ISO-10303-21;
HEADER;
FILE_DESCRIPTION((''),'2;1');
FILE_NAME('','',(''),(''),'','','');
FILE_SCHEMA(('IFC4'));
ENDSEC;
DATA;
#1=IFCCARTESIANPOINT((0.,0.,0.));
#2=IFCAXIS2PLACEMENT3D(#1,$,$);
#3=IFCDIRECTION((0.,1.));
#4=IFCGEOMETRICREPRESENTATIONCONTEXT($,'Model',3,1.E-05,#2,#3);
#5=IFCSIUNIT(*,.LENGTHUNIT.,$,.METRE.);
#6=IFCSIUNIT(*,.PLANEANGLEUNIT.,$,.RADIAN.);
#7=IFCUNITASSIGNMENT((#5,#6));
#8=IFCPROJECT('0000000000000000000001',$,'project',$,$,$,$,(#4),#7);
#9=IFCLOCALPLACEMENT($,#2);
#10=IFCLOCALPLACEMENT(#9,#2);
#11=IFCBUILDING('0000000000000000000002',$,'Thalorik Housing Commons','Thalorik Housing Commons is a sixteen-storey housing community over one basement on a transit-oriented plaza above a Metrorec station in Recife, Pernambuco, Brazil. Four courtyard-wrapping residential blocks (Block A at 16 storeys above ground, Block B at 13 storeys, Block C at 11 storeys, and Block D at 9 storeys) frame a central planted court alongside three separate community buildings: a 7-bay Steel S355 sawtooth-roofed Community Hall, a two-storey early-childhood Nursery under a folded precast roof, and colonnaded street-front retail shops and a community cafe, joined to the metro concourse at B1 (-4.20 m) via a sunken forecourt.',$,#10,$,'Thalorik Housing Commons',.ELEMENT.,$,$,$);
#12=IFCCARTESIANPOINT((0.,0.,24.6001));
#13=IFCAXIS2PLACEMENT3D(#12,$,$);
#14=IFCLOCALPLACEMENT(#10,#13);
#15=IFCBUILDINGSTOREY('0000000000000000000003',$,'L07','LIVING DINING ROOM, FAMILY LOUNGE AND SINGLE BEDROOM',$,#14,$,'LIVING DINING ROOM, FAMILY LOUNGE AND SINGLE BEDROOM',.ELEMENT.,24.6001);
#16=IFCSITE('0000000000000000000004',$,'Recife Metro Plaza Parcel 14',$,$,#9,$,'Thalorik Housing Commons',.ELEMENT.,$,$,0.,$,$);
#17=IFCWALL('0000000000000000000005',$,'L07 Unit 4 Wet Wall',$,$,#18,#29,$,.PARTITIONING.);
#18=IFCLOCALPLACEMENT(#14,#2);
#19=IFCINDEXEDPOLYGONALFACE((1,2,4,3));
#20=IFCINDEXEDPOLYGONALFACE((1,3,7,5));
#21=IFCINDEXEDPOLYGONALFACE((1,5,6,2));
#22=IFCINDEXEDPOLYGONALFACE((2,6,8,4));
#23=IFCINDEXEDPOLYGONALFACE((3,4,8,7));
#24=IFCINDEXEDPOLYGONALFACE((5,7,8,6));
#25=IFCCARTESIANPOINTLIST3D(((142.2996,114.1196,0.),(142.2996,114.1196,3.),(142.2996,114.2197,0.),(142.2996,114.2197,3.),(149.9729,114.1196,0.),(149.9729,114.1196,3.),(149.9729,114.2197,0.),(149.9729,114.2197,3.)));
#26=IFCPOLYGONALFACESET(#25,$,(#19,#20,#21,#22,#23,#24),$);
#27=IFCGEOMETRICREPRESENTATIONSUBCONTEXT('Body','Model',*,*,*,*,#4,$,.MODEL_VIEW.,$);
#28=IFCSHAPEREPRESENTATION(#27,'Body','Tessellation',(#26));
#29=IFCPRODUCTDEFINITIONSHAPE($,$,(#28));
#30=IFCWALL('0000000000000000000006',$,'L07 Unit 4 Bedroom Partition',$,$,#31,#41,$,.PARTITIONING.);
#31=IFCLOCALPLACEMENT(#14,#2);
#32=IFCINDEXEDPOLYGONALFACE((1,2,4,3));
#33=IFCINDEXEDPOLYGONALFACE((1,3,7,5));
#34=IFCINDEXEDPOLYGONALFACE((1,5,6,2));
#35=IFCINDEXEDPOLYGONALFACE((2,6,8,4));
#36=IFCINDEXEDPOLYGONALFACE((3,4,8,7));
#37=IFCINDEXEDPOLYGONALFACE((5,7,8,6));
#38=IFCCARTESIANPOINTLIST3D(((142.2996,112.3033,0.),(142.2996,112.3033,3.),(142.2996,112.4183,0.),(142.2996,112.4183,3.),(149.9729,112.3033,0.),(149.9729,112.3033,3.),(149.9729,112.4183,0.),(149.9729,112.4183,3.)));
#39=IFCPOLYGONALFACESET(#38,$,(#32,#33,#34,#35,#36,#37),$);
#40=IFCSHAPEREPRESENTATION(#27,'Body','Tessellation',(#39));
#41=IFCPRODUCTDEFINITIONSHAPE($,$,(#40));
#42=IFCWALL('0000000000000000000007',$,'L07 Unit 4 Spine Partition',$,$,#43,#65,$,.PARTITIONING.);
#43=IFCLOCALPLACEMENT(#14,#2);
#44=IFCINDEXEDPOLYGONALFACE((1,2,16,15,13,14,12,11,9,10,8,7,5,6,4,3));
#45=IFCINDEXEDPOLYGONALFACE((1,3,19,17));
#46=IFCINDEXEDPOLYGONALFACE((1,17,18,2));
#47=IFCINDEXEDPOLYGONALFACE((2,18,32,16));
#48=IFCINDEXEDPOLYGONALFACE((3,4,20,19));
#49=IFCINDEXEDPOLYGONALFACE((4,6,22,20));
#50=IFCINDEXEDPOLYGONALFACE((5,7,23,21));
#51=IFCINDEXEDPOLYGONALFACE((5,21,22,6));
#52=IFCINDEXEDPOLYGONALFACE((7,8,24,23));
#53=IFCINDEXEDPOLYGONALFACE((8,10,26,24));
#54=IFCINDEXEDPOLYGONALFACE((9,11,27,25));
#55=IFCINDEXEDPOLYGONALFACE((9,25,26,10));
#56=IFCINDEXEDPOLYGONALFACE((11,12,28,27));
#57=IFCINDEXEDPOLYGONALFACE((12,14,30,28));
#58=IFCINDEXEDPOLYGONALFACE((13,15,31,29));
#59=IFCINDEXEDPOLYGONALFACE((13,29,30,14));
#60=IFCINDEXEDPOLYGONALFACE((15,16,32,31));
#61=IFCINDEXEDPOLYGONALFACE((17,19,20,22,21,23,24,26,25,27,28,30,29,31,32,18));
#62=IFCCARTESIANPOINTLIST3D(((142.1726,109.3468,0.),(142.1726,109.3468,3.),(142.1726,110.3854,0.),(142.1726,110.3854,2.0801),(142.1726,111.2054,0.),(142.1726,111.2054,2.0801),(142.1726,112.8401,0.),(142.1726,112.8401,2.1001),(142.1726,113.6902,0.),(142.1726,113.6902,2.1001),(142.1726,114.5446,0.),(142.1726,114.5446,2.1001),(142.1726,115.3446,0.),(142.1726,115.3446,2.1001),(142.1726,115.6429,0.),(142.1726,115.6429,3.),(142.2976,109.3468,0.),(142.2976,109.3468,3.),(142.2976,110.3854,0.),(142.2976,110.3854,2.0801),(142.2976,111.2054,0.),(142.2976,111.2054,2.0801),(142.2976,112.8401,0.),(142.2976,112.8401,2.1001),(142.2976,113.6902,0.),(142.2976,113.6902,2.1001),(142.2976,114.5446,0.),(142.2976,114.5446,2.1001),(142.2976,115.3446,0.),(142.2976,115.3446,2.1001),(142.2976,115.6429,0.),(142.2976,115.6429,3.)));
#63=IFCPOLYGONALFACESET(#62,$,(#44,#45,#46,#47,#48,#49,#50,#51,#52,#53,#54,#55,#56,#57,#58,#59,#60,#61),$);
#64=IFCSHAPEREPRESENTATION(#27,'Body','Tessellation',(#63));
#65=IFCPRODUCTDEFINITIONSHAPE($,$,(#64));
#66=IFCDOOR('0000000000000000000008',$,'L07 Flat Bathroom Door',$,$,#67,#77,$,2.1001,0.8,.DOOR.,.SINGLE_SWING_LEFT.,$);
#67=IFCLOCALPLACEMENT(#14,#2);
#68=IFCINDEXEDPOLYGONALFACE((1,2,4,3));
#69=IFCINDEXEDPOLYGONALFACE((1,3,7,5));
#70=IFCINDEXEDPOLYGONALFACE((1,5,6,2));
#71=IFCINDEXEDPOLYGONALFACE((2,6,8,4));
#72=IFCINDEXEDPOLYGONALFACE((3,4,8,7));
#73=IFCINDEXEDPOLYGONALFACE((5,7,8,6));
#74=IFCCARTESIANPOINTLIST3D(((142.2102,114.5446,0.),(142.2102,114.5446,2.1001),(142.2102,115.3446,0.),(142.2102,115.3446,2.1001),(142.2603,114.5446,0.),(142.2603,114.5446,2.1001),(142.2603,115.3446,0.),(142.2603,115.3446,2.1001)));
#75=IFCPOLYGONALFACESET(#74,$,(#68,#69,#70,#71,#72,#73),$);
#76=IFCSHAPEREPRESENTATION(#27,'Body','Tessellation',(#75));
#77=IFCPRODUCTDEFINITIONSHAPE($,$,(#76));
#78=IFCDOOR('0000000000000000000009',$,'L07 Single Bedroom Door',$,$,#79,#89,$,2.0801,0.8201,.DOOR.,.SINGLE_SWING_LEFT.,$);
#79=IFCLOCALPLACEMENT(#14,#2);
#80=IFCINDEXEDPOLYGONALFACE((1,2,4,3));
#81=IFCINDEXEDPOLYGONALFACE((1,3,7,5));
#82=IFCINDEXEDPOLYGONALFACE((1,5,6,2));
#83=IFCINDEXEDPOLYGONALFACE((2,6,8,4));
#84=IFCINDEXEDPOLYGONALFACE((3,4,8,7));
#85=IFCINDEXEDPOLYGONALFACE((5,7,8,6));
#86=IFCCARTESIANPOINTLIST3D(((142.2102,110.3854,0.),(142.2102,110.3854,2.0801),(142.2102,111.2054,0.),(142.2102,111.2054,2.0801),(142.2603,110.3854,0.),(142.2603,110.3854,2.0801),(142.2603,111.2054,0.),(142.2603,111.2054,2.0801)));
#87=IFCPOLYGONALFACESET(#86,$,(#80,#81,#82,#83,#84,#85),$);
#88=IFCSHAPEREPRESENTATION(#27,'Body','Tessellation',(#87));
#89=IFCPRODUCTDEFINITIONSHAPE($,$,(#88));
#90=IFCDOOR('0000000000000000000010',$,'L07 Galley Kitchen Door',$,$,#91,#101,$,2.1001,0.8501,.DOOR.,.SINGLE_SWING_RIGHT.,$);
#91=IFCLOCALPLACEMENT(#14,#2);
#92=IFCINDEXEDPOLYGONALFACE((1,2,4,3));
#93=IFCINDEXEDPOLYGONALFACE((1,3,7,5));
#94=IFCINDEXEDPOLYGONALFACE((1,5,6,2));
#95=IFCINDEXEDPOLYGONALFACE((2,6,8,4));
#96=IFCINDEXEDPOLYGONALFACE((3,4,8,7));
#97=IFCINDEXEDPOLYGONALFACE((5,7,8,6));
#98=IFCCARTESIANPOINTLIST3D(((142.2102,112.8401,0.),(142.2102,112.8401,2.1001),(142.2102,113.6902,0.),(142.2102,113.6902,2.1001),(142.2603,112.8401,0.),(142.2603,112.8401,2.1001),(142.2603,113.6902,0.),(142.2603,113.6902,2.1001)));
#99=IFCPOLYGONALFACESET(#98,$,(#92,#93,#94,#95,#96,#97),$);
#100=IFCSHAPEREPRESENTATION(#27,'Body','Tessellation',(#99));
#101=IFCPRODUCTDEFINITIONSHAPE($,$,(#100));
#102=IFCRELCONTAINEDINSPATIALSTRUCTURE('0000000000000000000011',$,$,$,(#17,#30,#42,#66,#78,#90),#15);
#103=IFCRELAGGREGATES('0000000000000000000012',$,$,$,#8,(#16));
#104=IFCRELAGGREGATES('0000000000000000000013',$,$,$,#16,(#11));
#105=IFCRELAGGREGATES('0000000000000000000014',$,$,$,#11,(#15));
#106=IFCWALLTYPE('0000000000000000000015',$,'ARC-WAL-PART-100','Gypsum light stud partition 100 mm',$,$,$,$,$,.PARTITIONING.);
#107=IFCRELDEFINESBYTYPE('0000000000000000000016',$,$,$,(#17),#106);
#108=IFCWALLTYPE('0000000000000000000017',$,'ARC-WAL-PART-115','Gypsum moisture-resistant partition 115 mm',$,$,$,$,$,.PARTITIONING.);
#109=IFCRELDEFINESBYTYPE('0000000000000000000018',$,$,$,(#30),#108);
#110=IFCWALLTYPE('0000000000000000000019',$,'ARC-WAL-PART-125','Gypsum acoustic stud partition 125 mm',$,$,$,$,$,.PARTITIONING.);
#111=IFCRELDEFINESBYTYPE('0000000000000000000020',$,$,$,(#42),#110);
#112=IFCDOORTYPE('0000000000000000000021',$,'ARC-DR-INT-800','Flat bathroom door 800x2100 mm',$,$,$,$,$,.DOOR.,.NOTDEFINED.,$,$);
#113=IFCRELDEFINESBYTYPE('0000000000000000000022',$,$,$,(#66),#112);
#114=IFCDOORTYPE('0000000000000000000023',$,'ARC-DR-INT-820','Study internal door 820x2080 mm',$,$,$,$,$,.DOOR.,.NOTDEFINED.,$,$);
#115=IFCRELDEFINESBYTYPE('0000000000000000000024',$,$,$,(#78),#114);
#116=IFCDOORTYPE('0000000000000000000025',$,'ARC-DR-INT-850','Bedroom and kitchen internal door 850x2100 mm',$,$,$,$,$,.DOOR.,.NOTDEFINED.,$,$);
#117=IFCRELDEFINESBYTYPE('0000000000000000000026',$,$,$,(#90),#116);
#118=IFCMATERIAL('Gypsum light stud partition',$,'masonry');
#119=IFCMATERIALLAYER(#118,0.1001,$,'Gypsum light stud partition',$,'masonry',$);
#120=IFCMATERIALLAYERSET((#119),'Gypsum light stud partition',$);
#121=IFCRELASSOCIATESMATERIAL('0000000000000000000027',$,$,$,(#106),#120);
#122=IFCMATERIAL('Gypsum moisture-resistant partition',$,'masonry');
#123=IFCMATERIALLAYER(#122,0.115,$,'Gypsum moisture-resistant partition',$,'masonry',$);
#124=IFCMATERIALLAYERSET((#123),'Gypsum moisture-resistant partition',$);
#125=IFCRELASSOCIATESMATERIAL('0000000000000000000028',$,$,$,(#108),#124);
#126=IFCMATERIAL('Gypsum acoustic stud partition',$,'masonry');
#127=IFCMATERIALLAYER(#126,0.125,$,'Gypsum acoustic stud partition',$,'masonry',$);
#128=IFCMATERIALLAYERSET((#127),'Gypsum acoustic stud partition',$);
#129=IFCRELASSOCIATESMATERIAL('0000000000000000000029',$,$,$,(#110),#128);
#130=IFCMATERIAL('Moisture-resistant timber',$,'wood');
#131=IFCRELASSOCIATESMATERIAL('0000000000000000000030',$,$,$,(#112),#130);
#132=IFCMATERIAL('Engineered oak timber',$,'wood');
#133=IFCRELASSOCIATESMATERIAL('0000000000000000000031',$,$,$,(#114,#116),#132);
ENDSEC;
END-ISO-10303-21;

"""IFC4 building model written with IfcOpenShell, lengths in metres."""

from ifc_helpers import new_model, si_unit, direction, frame, frame_2d, origin, place, context, subcontext, project, spatial, rectangle, extrude, material, layer, layer_set, type_object, element, fill, save


model = new_model("IFC4")

# Units and contexts
model_context = context("Model", 3, precision=1e-05, world=origin(), true_north=direction((0.0, 1.0)))
body_context = subcontext(model_context, "Body", "Model", "MODEL_VIEW")
ifc_project = project(units=[si_unit("LENGTHUNIT", "METRE"), si_unit("PLANEANGLEUNIT", "RADIAN")], contexts=[model_context])

# Site, building, storey
site_placement = place(None, origin())
site = spatial("IfcSite", under=ifc_project, at=site_placement, Name="Recife Metro Plaza Parcel 14", LongName="Thalorik Housing Commons", CompositionType="ELEMENT", RefElevation=0.0)
building_placement = place(site_placement, origin())
building = spatial("IfcBuilding", under=site, at=building_placement, Name="Thalorik Housing Commons", Description="Thalorik Housing Commons is a sixteen-storey housing community over one basement on a transit-oriented plaza above a Metrorec station in Recife, Pernambuco, Brazil. Four courtyard-wrapping residential blocks (Block A at 16 storeys above ground, Block B at 13 storeys, Block C at 11 storeys, and Block D at 9 storeys) frame a central planted court alongside three separate community buildings: a 7-bay Steel S355 sawtooth-roofed Community Hall, a two-storey early-childhood Nursery under a folded precast roof, and colonnaded street-front retail shops and a community cafe, joined to the metro concourse at B1 (-4.20 m) via a sunken forecourt.", LongName="Thalorik Housing Commons", CompositionType="ELEMENT")
storey_placement = place(building_placement, frame((0.0, 0.0, 24.6001)))
storey = spatial("IfcBuildingStorey", under=building, at=storey_placement, Name="L07", Description="LIVING DINING ROOM, FAMILY LOUNGE AND SINGLE BEDROOM", LongName="LIVING DINING ROOM, FAMILY LOUNGE AND SINGLE BEDROOM", CompositionType="ELEMENT", Elevation=24.6001)

# Walls
ifc_material_1 = material(Name="Gypsum light stud partition", Category="masonry")
ifc_layer_1 = layer(ifc_material_1, 0.1001, Name="Gypsum light stud partition", Category="masonry")
ifc_layer_set_1 = layer_set([ifc_layer_1], Name="Gypsum light stud partition")
wall_type_1 = type_object("IfcWallType", Name="ARC-WAL-PART-100", Description="Gypsum light stud partition 100 mm", PredefinedType="PARTITIONING", material=ifc_layer_set_1)
wall_1_placement = place(storey_placement, frame((142.2996, 114.1697, 0.0), z_axis=(0.0, 0.0, 1.0), x_axis=(1.0, 0.0, 0.0)))
element("IfcWall", 1, at=wall_1_placement, inside=storey, type_object=wall_type_1, Name="L07 Unit 4 Wet Wall", PredefinedType="PARTITIONING", context=body_context, shape_type="SweptSolid", body=[
    extrude(rectangle(XDim=7.6733, YDim=0.1001, at=frame_2d((3.8367, 0.0))), origin(), (0.0, 0.0, 1.0), 3.0),
])
ifc_material_2 = material(Name="Gypsum moisture-resistant partition", Category="masonry")
ifc_layer_2 = layer(ifc_material_2, 0.115, Name="Gypsum moisture-resistant partition", Category="masonry")
ifc_layer_set_2 = layer_set([ifc_layer_2], Name="Gypsum moisture-resistant partition")
wall_type_2 = type_object("IfcWallType", Name="ARC-WAL-PART-115", Description="Gypsum moisture-resistant partition 115 mm", PredefinedType="PARTITIONING", material=ifc_layer_set_2)
wall_2_placement = place(storey_placement, frame((142.2996, 112.3608, 0.0), z_axis=(0.0, 0.0, 1.0), x_axis=(1.0, 0.0, 0.0)))
element("IfcWall", 2, at=wall_2_placement, inside=storey, type_object=wall_type_2, Name="L07 Unit 4 Bedroom Partition", PredefinedType="PARTITIONING", context=body_context, shape_type="SweptSolid", body=[
    extrude(rectangle(XDim=7.6733, YDim=0.115, at=frame_2d((3.8367, 0.0))), origin(), (0.0, 0.0, 1.0), 3.0),
])

# Wall, openings, doors
ifc_material_3 = material(Name="Gypsum acoustic stud partition", Category="masonry")
ifc_layer_3 = layer(ifc_material_3, 0.125, Name="Gypsum acoustic stud partition", Category="masonry")
ifc_layer_set_3 = layer_set([ifc_layer_3], Name="Gypsum acoustic stud partition")
wall_type_3 = type_object("IfcWallType", Name="ARC-WAL-PART-125", Description="Gypsum acoustic stud partition 125 mm", PredefinedType="PARTITIONING", material=ifc_layer_set_3)
wall_3_placement = place(storey_placement, frame((142.2351, 109.3469, 0.0), z_axis=(0.0, 0.0, 1.0), x_axis=(0.0, 1.0, 0.0)))
wall_3 = element("IfcWall", 3, at=wall_3_placement, inside=storey, type_object=wall_type_3, Name="L07 Unit 4 Spine Partition", PredefinedType="PARTITIONING", context=body_context, shape_type="SweptSolid", body=[
    extrude(rectangle(XDim=6.2961, YDim=0.125, at=frame_2d((3.1479, 0.0))), origin(), (0.0, 0.0, 1.0), 3.0),
])
opening_1_placement = place(wall_3_placement, frame((1.0383, 0.0, 0.0)))
opening_1 = element("IfcOpeningElement", 4, at=opening_1_placement, cuts=wall_3, PredefinedType="OPENING", context=body_context, shape_type="SweptSolid", body=[
    extrude(rectangle(XDim=0.8201, YDim=2.0801, at=frame_2d((0.4102, 1.04))), frame((0.0, 0.0725, 0.0), z_axis=(0.0, -1.0, 0.0), x_axis=(1.0, 0.0, 0.0)), (0.0, 0.0, 1.0), 0.145),
])
opening_2_placement = place(wall_3_placement, frame((3.4932, 0.0, 0.0)))
opening_2 = element("IfcOpeningElement", 5, at=opening_2_placement, cuts=wall_3, PredefinedType="OPENING", context=body_context, shape_type="SweptSolid", body=[
    extrude(rectangle(XDim=0.8501, YDim=2.1001, at=frame_2d((0.425, 1.05))), frame((0.0, 0.0725, 0.0), z_axis=(0.0, -1.0, 0.0), x_axis=(1.0, 0.0, 0.0)), (0.0, 0.0, 1.0), 0.145),
])
opening_3_placement = place(wall_3_placement, frame((5.1978, 0.0, 0.0)))
opening_3 = element("IfcOpeningElement", 6, at=opening_3_placement, cuts=wall_3, PredefinedType="OPENING", context=body_context, shape_type="SweptSolid", body=[
    extrude(rectangle(XDim=0.8, YDim=2.1001, at=frame_2d((0.3999, 1.05))), frame((0.0, 0.0725, 0.0), z_axis=(0.0, -1.0, 0.0), x_axis=(1.0, 0.0, 0.0)), (0.0, 0.0, 1.0), 0.145),
])
ifc_material_4 = material(Name="Moisture-resistant timber", Category="wood")
door_type_1 = type_object("IfcDoorType", Name="ARC-DR-INT-800", Description="Flat bathroom door 800x2100 mm", OperationType="NOTDEFINED", PredefinedType="DOOR", material=ifc_material_4)
door_1_placement = place(opening_3_placement, origin())
door_1 = element("IfcDoor", 7, at=door_1_placement, inside=storey, type_object=door_type_1, Name="L07 Flat Bathroom Door", OperationType="SINGLE_SWING_LEFT", OverallHeight=2.1001, OverallWidth=0.8, PredefinedType="DOOR", context=body_context, shape_type="SweptSolid", body=[
    extrude(rectangle(XDim=0.8, YDim=2.1001, at=frame_2d((0.3999, 1.05))), frame((0.0, 0.0249, 0.0), z_axis=(0.0, -1.0, 0.0), x_axis=(1.0, 0.0, 0.0)), (0.0, 0.0, 1.0), 0.05),
])
fill(opening_3, door_1)
ifc_material_5 = material(Name="Engineered oak timber", Category="wood")
door_type_2 = type_object("IfcDoorType", Name="ARC-DR-INT-820", Description="Study internal door 820x2080 mm", OperationType="NOTDEFINED", PredefinedType="DOOR", material=ifc_material_5)
door_2_placement = place(opening_1_placement, origin())
door_2 = element("IfcDoor", 8, at=door_2_placement, inside=storey, type_object=door_type_2, Name="L07 Single Bedroom Door", OperationType="SINGLE_SWING_LEFT", OverallHeight=2.0801, OverallWidth=0.8201, PredefinedType="DOOR", context=body_context, shape_type="SweptSolid", body=[
    extrude(rectangle(XDim=0.8201, YDim=2.0801, at=frame_2d((0.4102, 1.04))), frame((0.0, 0.0249, 0.0), z_axis=(0.0, -1.0, 0.0), x_axis=(1.0, 0.0, 0.0)), (0.0, 0.0, 1.0), 0.05),
])
fill(opening_1, door_2)
door_type_3 = type_object("IfcDoorType", Name="ARC-DR-INT-850", Description="Bedroom and kitchen internal door 850x2100 mm", OperationType="NOTDEFINED", PredefinedType="DOOR", material=ifc_material_5)
door_3_placement = place(opening_2_placement, origin())
door_3 = element("IfcDoor", 9, at=door_3_placement, inside=storey, type_object=door_type_3, Name="L07 Galley Kitchen Door", OperationType="SINGLE_SWING_RIGHT", OverallHeight=2.1001, OverallWidth=0.8501, PredefinedType="DOOR", context=body_context, shape_type="SweptSolid", body=[
    extrude(rectangle(XDim=0.8501, YDim=2.1001, at=frame_2d((0.425, 1.05))), frame((0.0, 0.0249, 0.0), z_axis=(0.0, -1.0, 0.0), x_axis=(1.0, 0.0, 0.0)), (0.0, 0.0, 1.0), 0.05),
])
fill(opening_2, door_3)

save(model, "model.ifc")
